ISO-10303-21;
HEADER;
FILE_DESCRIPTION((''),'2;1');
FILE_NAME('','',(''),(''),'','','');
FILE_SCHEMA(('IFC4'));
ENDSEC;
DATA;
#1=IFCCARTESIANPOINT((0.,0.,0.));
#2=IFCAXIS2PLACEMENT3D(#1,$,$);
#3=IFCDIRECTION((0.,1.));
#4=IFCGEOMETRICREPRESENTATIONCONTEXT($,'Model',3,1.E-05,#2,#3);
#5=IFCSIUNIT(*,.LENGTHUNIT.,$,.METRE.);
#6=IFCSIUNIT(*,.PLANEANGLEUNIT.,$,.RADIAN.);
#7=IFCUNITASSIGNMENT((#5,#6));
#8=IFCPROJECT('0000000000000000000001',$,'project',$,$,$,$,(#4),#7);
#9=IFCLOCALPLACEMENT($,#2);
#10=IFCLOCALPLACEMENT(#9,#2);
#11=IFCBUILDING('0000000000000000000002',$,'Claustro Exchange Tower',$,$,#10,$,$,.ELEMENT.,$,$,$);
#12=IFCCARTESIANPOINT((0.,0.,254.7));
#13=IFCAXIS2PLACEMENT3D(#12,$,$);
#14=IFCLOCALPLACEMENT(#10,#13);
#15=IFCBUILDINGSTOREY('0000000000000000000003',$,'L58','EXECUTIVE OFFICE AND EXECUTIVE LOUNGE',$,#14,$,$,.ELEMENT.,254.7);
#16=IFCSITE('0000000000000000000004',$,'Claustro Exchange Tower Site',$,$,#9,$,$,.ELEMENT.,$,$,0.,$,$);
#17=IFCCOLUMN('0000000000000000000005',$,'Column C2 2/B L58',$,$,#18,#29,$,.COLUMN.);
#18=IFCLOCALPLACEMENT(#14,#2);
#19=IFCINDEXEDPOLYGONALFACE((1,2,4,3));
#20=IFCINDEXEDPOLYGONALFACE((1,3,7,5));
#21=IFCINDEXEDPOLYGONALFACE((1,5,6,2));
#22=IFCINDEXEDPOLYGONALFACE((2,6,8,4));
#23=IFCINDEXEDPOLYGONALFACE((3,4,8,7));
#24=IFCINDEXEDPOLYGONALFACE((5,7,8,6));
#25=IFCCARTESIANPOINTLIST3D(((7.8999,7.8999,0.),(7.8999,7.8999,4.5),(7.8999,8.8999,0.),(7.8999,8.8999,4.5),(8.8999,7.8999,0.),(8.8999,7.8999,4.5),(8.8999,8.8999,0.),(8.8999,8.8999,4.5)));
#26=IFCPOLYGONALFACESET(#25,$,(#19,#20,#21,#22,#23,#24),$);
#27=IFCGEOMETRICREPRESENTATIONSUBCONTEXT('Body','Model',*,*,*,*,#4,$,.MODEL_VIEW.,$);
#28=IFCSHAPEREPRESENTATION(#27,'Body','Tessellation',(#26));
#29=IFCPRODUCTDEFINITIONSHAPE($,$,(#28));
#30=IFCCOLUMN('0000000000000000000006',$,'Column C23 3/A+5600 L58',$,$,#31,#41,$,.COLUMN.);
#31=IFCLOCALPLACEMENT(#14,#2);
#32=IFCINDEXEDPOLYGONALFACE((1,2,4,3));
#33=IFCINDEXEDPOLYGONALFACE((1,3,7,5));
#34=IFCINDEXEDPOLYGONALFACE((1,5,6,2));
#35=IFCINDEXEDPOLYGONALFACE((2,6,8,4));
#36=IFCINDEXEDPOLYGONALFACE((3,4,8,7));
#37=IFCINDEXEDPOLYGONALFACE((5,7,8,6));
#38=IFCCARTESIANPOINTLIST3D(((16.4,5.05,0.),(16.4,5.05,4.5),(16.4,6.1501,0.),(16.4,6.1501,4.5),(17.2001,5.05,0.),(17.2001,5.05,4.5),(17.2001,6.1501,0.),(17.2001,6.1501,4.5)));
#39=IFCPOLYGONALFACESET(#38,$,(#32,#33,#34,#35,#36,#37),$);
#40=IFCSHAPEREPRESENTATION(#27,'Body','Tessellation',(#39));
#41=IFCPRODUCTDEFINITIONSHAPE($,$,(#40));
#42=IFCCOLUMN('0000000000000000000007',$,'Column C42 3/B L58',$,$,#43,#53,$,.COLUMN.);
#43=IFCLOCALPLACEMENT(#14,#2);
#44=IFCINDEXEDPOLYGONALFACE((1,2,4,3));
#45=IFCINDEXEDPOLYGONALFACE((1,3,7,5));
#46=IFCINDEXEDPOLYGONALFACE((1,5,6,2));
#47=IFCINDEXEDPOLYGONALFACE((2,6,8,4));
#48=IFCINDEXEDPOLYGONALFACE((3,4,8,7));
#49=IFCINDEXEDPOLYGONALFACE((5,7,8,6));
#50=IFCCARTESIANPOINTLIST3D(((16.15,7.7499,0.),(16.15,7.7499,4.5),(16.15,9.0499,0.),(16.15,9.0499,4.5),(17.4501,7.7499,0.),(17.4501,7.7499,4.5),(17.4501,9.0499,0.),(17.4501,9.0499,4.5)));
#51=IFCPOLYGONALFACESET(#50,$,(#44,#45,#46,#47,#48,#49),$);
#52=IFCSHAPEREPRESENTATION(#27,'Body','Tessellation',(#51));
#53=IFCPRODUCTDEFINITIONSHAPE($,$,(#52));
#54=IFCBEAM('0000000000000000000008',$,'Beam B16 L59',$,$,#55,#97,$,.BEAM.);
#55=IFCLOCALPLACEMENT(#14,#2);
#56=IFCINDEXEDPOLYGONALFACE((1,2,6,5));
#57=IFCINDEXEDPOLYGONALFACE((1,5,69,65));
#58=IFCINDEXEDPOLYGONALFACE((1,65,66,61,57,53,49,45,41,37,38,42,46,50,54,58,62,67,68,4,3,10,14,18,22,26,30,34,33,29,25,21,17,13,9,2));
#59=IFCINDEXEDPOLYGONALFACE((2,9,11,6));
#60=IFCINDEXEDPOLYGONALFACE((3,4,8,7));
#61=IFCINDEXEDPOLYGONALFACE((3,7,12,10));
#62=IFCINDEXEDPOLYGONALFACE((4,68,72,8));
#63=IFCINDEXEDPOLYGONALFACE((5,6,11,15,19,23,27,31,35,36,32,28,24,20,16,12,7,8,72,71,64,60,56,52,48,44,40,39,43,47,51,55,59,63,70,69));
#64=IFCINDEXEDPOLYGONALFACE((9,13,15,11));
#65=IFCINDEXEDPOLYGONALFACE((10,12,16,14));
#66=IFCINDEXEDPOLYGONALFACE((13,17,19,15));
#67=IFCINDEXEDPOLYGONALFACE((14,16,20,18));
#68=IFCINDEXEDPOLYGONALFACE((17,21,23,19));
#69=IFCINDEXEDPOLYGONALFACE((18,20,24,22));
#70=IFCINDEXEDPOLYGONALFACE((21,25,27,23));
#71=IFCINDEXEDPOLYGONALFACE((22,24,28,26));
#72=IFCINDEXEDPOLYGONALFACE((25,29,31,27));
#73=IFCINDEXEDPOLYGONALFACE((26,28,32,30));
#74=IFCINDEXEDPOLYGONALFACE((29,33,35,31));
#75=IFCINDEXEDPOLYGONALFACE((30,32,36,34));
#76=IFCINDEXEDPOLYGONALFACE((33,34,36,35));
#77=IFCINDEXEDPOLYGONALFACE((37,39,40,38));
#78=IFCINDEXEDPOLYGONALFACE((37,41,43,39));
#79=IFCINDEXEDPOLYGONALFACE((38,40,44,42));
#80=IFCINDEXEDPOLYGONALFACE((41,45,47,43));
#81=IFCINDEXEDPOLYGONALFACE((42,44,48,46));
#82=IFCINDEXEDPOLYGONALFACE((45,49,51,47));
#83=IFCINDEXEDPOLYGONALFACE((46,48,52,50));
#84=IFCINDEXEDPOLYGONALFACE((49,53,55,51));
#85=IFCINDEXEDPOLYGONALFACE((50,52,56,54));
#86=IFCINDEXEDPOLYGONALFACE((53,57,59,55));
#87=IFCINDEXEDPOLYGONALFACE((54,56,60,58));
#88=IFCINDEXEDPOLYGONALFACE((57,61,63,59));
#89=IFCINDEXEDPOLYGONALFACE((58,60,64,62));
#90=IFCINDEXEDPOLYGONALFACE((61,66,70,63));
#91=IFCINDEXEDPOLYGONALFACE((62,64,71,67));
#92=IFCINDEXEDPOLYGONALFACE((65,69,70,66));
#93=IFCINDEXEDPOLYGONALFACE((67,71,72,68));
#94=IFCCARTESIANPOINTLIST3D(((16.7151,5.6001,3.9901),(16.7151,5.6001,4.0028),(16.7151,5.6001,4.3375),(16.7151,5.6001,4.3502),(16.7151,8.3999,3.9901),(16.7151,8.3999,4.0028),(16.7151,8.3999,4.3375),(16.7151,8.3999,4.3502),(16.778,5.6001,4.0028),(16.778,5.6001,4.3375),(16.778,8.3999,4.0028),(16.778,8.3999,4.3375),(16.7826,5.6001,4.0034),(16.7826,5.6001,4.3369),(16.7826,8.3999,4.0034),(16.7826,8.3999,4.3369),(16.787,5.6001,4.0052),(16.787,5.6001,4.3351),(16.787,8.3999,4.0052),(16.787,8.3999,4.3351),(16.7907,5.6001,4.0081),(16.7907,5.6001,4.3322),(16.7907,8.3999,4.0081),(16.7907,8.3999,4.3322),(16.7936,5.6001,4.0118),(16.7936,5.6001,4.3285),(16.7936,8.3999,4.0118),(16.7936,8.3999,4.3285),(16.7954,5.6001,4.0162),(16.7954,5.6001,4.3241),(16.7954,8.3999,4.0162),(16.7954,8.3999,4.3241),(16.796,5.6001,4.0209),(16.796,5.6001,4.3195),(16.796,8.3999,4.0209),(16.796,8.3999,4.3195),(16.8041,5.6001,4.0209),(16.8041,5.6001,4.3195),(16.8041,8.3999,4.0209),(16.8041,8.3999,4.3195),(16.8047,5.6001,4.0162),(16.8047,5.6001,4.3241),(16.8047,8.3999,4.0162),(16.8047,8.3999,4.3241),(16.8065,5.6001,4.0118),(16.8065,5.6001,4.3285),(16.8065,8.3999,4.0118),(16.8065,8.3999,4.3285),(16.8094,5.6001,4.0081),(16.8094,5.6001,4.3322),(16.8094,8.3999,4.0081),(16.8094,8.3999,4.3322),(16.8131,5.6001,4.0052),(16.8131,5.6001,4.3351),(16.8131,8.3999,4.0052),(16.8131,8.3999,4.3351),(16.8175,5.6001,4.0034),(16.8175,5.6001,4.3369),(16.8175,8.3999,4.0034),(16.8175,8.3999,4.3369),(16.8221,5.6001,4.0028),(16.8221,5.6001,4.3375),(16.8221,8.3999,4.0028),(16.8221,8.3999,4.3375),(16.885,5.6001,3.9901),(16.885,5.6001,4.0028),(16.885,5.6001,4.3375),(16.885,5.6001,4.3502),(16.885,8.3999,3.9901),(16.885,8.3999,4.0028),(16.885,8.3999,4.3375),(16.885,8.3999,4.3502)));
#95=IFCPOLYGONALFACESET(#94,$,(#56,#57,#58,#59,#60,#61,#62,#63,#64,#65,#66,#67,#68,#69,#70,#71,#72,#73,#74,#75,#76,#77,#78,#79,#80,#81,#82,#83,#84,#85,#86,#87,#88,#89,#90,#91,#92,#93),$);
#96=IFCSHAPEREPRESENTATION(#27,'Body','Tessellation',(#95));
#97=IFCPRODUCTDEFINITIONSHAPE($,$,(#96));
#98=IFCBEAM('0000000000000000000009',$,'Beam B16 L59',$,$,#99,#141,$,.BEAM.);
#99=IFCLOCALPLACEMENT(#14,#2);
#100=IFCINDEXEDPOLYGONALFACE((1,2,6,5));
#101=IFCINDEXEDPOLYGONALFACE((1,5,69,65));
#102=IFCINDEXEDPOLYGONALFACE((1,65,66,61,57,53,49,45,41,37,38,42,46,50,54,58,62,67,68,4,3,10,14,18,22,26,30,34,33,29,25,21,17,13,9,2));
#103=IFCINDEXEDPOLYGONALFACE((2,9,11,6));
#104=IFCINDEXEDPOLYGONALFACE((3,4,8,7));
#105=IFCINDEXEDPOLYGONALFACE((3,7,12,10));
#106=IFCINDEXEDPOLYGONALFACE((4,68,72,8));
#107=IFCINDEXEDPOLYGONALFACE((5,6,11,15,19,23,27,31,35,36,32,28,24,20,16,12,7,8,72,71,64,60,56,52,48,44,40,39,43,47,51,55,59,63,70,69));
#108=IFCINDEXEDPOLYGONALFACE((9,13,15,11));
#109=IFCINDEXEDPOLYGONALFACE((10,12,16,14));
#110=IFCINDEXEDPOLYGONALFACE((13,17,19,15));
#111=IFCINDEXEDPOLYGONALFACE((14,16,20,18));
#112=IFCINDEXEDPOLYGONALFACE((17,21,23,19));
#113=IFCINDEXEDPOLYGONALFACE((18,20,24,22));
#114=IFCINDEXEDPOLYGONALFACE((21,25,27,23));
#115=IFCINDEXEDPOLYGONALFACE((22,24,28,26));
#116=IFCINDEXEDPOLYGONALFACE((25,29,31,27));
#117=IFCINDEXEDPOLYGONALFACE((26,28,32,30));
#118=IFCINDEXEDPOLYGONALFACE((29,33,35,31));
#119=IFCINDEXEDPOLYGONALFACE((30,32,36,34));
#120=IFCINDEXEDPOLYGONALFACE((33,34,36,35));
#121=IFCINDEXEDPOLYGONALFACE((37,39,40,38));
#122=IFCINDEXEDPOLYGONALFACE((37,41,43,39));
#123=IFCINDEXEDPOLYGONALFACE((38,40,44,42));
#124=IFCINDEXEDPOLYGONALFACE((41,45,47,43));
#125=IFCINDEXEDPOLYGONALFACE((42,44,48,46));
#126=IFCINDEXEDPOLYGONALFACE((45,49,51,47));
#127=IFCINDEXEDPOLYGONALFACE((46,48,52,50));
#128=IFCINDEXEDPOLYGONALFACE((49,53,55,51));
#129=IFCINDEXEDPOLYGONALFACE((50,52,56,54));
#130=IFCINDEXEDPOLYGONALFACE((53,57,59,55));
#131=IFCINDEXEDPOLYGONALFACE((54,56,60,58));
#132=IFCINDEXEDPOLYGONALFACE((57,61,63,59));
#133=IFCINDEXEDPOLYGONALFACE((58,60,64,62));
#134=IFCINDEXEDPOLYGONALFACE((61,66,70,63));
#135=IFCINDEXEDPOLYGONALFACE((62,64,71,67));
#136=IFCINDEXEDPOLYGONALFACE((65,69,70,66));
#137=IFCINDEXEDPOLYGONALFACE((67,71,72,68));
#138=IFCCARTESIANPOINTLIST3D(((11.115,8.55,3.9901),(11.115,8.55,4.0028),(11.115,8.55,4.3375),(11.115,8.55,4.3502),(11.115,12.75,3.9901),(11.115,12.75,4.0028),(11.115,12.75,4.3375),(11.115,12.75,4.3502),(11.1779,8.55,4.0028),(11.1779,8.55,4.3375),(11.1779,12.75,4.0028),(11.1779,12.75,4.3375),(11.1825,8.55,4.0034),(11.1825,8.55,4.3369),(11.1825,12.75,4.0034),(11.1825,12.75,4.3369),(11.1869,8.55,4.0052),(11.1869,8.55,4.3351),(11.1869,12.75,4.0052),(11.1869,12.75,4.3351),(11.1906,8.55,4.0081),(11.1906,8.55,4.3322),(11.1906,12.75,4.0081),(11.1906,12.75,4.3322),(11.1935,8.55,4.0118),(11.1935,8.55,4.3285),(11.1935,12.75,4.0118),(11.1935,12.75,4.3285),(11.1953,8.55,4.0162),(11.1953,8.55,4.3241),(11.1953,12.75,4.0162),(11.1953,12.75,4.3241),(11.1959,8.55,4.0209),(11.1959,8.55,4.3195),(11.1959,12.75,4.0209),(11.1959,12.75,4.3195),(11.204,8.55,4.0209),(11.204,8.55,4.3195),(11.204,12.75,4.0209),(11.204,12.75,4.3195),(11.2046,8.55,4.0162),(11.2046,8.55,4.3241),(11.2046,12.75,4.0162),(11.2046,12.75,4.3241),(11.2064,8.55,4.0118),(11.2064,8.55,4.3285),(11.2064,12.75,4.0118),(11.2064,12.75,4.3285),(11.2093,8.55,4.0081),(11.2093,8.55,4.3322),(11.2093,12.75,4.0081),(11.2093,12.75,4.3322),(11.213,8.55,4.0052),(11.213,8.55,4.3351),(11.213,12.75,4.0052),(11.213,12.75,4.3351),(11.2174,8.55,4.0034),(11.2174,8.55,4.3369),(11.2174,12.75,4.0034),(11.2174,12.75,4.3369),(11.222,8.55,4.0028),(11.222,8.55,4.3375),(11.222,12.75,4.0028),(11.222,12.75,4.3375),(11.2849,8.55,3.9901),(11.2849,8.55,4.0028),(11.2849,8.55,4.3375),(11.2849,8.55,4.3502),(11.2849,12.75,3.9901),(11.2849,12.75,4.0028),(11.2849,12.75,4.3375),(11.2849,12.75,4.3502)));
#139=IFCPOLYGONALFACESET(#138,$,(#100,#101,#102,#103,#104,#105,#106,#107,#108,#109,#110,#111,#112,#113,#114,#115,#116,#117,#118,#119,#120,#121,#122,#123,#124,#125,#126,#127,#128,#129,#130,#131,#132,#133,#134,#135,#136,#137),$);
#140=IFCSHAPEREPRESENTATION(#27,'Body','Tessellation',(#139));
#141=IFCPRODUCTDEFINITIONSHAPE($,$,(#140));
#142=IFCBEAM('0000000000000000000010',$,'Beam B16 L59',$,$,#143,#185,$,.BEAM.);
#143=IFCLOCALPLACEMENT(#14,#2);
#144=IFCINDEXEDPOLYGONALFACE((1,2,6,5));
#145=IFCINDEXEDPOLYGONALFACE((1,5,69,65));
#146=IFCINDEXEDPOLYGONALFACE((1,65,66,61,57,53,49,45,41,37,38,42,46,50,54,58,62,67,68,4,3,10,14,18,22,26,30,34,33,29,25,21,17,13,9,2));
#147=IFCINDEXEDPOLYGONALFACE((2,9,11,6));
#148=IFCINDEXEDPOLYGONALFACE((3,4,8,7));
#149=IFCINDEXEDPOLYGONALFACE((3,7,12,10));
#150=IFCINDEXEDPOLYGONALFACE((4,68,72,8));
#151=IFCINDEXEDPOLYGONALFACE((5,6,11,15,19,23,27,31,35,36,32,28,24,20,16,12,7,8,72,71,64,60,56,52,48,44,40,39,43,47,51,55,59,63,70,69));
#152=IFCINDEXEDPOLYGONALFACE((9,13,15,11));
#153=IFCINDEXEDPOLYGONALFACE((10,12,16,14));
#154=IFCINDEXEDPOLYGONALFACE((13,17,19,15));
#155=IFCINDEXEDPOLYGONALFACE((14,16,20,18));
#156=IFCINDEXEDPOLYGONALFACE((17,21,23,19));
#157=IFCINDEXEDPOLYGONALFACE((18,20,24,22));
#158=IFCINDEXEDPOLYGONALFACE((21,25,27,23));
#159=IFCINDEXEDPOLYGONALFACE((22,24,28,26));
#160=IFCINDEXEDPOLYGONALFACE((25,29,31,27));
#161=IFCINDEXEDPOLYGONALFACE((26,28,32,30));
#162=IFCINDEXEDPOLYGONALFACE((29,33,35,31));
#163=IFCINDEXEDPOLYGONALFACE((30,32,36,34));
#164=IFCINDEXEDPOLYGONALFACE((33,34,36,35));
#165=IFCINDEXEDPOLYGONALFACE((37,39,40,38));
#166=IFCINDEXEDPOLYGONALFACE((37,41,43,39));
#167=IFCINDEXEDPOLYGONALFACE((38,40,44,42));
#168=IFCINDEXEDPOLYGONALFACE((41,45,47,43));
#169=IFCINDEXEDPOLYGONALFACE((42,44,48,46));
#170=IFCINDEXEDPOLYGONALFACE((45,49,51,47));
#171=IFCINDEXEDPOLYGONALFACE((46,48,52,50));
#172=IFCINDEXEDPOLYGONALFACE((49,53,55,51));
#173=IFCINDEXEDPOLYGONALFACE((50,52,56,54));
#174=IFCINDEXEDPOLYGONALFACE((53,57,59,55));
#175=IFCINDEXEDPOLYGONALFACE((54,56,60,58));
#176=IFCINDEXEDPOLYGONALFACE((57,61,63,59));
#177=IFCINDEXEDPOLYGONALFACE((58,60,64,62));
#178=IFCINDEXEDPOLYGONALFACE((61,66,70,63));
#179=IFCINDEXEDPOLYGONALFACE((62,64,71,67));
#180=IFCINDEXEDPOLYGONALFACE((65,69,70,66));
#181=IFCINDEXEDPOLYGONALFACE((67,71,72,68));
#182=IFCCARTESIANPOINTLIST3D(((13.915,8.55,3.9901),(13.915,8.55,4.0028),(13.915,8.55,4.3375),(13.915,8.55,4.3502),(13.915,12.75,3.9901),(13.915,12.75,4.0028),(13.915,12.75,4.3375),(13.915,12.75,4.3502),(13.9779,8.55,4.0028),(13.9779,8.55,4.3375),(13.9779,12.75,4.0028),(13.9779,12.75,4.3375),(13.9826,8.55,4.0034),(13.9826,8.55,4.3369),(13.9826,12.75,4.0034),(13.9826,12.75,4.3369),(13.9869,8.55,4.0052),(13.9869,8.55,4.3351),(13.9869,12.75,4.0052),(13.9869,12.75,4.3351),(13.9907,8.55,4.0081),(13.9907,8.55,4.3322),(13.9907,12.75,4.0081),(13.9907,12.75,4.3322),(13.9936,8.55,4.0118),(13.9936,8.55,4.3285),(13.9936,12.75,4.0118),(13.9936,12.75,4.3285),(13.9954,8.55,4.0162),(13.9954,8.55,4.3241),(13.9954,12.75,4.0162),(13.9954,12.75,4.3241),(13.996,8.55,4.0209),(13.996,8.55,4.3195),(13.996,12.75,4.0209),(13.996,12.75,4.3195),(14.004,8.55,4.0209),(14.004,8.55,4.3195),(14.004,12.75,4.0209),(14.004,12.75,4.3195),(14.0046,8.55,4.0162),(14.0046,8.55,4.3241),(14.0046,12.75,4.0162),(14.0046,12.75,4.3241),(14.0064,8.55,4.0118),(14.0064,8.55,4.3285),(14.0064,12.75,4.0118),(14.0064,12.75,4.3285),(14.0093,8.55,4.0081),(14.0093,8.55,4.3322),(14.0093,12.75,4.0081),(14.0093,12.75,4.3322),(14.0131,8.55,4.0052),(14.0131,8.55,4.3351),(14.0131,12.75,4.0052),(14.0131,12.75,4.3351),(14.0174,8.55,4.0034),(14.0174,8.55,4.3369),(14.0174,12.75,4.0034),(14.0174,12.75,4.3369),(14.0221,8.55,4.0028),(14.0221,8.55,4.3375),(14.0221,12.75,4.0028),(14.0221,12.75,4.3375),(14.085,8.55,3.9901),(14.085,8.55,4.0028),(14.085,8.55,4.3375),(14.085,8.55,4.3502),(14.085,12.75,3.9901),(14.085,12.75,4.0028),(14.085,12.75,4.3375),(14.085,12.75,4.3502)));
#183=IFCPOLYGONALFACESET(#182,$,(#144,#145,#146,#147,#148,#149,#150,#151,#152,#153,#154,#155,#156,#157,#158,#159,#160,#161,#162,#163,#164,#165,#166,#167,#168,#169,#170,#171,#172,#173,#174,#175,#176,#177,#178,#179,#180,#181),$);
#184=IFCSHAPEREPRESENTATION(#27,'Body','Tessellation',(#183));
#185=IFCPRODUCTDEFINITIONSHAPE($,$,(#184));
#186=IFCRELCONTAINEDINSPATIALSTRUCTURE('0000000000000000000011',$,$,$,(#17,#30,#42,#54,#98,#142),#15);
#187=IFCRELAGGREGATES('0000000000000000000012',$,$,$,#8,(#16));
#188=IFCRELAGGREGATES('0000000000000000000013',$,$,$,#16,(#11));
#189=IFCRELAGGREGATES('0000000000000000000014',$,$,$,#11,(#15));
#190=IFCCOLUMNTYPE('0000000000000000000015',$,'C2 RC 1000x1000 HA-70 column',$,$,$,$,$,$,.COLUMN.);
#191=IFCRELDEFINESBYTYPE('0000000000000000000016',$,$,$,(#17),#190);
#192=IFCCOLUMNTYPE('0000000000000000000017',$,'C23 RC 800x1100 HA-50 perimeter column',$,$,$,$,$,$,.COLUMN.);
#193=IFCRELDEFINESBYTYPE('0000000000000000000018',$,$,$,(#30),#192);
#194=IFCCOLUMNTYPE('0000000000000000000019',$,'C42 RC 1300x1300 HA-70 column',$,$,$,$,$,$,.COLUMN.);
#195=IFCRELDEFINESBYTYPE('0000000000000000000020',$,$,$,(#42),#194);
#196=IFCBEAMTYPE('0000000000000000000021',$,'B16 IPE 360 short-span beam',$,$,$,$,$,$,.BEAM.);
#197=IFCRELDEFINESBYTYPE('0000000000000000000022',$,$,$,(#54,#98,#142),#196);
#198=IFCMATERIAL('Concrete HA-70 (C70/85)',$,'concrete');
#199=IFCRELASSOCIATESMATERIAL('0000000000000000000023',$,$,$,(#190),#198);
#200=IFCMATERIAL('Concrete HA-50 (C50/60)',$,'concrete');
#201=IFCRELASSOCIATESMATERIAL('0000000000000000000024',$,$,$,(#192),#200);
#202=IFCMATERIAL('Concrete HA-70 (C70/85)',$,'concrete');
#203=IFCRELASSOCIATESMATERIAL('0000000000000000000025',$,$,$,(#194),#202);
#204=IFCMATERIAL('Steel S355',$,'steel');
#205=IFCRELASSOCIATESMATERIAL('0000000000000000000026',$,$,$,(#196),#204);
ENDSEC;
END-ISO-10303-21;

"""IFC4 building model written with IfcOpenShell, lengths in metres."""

from ifc_helpers import new_model, si_unit, direction, frame, origin, origin_2d, place, context, subcontext, project, spatial, rectangle, i_section, extrude, material, material_profile, profile_set, type_object, element, save


model = new_model("IFC4")

# Units and contexts
model_context = context("Model", 3, precision=1e-05, world=origin(), true_north=direction((0.0, 1.0)))
body_context = subcontext(model_context, "Body", "Model", "MODEL_VIEW")
ifc_project = project(units=[si_unit("LENGTHUNIT", "METRE"), si_unit("PLANEANGLEUNIT", "RADIAN")], contexts=[model_context])

# Site, building, storey
site_placement = place(None, origin())
site = spatial("IfcSite", under=ifc_project, at=site_placement, Name="Claustro Exchange Tower Site", CompositionType="ELEMENT", RefElevation=0.0)
building_placement = place(site_placement, origin())
building = spatial("IfcBuilding", under=site, at=building_placement, Name="Claustro Exchange Tower", CompositionType="ELEMENT")
storey_placement = place(building_placement, frame((0.0, 0.0, 254.7)))
storey = spatial("IfcBuildingStorey", under=building, at=storey_placement, Name="L58", Description="EXECUTIVE OFFICE AND EXECUTIVE LOUNGE", CompositionType="ELEMENT", Elevation=254.7)

# Columns
ifc_material_1 = material(Name="Concrete HA-70 (C70/85)", Category="concrete")
ifc_material_profile_1 = material_profile(ifc_material_1, rectangle(XDim=1.0, YDim=1.0, at=origin_2d()), Name="RC 1000x1000")
ifc_profile_set_1 = profile_set([ifc_material_profile_1], Name="Concrete HA-70 (C70/85)")
column_type_1 = type_object("IfcColumnType", Name="C2 RC 1000x1000 HA-70 column", PredefinedType="COLUMN", material=ifc_profile_set_1)
column_1_placement = place(storey_placement, frame((8.3999, 8.3999, 0.0), z_axis=(0.0, 0.0, 1.0), x_axis=(1.0, 0.0, 0.0)))
element("IfcColumn", 1, at=column_1_placement, inside=storey, type_object=column_type_1, Name="Column C2 2/B L58", PredefinedType="COLUMN", context=body_context, shape_type="SweptSolid", body=[
    extrude(rectangle(XDim=1.0, YDim=1.0, at=origin_2d()), origin(), (0.0, 0.0, 1.0), 4.5),
])
ifc_material_2 = material(Name="Concrete HA-50 (C50/60)", Category="concrete")
ifc_material_profile_2 = material_profile(ifc_material_2, rectangle(XDim=0.8, YDim=1.1001, at=origin_2d()), Name="RC 800x1100")
ifc_profile_set_2 = profile_set([ifc_material_profile_2], Name="Concrete HA-50 (C50/60)")
column_type_2 = type_object("IfcColumnType", Name="C23 RC 800x1100 HA-50 perimeter column", PredefinedType="COLUMN", material=ifc_profile_set_2)
column_2_placement = place(storey_placement, frame((16.8, 5.6001, 0.0), z_axis=(0.0, 0.0, 1.0), x_axis=(1.0, 0.0, 0.0)))
element("IfcColumn", 2, at=column_2_placement, inside=storey, type_object=column_type_2, Name="Column C23 3/A+5600 L58", PredefinedType="COLUMN", context=body_context, shape_type="SweptSolid", body=[
    extrude(rectangle(XDim=0.8, YDim=1.1001, at=origin_2d()), origin(), (0.0, 0.0, 1.0), 4.5),
])
ifc_material_3 = material(Name="Concrete HA-70 (C70/85)", Category="concrete")
ifc_material_profile_3 = material_profile(ifc_material_3, rectangle(XDim=1.3, YDim=1.3, at=origin_2d()), Name="RC 1300x1300")
ifc_profile_set_3 = profile_set([ifc_material_profile_3], Name="Concrete HA-70 (C70/85)")
column_type_3 = type_object("IfcColumnType", Name="C42 RC 1300x1300 HA-70 column", PredefinedType="COLUMN", material=ifc_profile_set_3)
column_3_placement = place(storey_placement, frame((16.8, 8.3999, 0.0), z_axis=(0.0, 0.0, 1.0), x_axis=(1.0, 0.0, 0.0)))
element("IfcColumn", 3, at=column_3_placement, inside=storey, type_object=column_type_3, Name="Column C42 3/B L58", PredefinedType="COLUMN", context=body_context, shape_type="SweptSolid", body=[
    extrude(rectangle(XDim=1.3, YDim=1.3, at=origin_2d()), origin(), (0.0, 0.0, 1.0), 4.5),
])

# Beams
ifc_material_4 = material(Name="Steel S355", Category="steel")
ifc_material_profile_4 = material_profile(ifc_material_4, i_section(OverallWidth=0.1699, OverallDepth=0.3601, WebThickness=0.0081, FlangeThickness=0.0127, FilletRadius=0.0181, at=origin_2d()), Name="IPE 360")
ifc_profile_set_4 = profile_set([ifc_material_profile_4], Name="Steel S355")
beam_type_1 = type_object("IfcBeamType", Name="B16 IPE 360 short-span beam", PredefinedType="BEAM", material=ifc_profile_set_4)
beam_1_placement = place(storey_placement, frame((16.8, 5.6001, 4.1702), z_axis=(0.0, 1.0, 0.0), x_axis=(-1.0, 0.0, 0.0)))
element("IfcBeam", 4, at=beam_1_placement, inside=storey, type_object=beam_type_1, Name="Beam B16 L59", PredefinedType="BEAM", context=body_context, shape_type="SweptSolid", body=[
    extrude(i_section(OverallWidth=0.1699, OverallDepth=0.3601, WebThickness=0.0081, FlangeThickness=0.0127, FilletRadius=0.0181, at=origin_2d()), origin(), (0.0, 0.0, 1.0), 2.7998),
])
for number, where, z_axis, x_axis, name in (
    (5, (11.2, 8.55, 4.1702), (0.0, 1.0, 0.0), (-1.0, 0.0, 0.0), "Beam B16 L59"),
    (6, (14.0, 8.55, 4.1702), (0.0, 1.0, 0.0), (-1.0, 0.0, 0.0), "Beam B16 L59"),
):
    element("IfcBeam", number, at=place(storey_placement, frame(where, z_axis=z_axis, x_axis=x_axis)), inside=storey, type_object=beam_type_1, Name=name, PredefinedType="BEAM", context=body_context, shape_type="SweptSolid", body=[
        extrude(i_section(OverallWidth=0.1699, OverallDepth=0.3601, WebThickness=0.0081, FlangeThickness=0.0127, FilletRadius=0.0181, at=origin_2d()), origin(), (0.0, 0.0, 1.0), 4.2),
    ])

save(model, "model.ifc")
